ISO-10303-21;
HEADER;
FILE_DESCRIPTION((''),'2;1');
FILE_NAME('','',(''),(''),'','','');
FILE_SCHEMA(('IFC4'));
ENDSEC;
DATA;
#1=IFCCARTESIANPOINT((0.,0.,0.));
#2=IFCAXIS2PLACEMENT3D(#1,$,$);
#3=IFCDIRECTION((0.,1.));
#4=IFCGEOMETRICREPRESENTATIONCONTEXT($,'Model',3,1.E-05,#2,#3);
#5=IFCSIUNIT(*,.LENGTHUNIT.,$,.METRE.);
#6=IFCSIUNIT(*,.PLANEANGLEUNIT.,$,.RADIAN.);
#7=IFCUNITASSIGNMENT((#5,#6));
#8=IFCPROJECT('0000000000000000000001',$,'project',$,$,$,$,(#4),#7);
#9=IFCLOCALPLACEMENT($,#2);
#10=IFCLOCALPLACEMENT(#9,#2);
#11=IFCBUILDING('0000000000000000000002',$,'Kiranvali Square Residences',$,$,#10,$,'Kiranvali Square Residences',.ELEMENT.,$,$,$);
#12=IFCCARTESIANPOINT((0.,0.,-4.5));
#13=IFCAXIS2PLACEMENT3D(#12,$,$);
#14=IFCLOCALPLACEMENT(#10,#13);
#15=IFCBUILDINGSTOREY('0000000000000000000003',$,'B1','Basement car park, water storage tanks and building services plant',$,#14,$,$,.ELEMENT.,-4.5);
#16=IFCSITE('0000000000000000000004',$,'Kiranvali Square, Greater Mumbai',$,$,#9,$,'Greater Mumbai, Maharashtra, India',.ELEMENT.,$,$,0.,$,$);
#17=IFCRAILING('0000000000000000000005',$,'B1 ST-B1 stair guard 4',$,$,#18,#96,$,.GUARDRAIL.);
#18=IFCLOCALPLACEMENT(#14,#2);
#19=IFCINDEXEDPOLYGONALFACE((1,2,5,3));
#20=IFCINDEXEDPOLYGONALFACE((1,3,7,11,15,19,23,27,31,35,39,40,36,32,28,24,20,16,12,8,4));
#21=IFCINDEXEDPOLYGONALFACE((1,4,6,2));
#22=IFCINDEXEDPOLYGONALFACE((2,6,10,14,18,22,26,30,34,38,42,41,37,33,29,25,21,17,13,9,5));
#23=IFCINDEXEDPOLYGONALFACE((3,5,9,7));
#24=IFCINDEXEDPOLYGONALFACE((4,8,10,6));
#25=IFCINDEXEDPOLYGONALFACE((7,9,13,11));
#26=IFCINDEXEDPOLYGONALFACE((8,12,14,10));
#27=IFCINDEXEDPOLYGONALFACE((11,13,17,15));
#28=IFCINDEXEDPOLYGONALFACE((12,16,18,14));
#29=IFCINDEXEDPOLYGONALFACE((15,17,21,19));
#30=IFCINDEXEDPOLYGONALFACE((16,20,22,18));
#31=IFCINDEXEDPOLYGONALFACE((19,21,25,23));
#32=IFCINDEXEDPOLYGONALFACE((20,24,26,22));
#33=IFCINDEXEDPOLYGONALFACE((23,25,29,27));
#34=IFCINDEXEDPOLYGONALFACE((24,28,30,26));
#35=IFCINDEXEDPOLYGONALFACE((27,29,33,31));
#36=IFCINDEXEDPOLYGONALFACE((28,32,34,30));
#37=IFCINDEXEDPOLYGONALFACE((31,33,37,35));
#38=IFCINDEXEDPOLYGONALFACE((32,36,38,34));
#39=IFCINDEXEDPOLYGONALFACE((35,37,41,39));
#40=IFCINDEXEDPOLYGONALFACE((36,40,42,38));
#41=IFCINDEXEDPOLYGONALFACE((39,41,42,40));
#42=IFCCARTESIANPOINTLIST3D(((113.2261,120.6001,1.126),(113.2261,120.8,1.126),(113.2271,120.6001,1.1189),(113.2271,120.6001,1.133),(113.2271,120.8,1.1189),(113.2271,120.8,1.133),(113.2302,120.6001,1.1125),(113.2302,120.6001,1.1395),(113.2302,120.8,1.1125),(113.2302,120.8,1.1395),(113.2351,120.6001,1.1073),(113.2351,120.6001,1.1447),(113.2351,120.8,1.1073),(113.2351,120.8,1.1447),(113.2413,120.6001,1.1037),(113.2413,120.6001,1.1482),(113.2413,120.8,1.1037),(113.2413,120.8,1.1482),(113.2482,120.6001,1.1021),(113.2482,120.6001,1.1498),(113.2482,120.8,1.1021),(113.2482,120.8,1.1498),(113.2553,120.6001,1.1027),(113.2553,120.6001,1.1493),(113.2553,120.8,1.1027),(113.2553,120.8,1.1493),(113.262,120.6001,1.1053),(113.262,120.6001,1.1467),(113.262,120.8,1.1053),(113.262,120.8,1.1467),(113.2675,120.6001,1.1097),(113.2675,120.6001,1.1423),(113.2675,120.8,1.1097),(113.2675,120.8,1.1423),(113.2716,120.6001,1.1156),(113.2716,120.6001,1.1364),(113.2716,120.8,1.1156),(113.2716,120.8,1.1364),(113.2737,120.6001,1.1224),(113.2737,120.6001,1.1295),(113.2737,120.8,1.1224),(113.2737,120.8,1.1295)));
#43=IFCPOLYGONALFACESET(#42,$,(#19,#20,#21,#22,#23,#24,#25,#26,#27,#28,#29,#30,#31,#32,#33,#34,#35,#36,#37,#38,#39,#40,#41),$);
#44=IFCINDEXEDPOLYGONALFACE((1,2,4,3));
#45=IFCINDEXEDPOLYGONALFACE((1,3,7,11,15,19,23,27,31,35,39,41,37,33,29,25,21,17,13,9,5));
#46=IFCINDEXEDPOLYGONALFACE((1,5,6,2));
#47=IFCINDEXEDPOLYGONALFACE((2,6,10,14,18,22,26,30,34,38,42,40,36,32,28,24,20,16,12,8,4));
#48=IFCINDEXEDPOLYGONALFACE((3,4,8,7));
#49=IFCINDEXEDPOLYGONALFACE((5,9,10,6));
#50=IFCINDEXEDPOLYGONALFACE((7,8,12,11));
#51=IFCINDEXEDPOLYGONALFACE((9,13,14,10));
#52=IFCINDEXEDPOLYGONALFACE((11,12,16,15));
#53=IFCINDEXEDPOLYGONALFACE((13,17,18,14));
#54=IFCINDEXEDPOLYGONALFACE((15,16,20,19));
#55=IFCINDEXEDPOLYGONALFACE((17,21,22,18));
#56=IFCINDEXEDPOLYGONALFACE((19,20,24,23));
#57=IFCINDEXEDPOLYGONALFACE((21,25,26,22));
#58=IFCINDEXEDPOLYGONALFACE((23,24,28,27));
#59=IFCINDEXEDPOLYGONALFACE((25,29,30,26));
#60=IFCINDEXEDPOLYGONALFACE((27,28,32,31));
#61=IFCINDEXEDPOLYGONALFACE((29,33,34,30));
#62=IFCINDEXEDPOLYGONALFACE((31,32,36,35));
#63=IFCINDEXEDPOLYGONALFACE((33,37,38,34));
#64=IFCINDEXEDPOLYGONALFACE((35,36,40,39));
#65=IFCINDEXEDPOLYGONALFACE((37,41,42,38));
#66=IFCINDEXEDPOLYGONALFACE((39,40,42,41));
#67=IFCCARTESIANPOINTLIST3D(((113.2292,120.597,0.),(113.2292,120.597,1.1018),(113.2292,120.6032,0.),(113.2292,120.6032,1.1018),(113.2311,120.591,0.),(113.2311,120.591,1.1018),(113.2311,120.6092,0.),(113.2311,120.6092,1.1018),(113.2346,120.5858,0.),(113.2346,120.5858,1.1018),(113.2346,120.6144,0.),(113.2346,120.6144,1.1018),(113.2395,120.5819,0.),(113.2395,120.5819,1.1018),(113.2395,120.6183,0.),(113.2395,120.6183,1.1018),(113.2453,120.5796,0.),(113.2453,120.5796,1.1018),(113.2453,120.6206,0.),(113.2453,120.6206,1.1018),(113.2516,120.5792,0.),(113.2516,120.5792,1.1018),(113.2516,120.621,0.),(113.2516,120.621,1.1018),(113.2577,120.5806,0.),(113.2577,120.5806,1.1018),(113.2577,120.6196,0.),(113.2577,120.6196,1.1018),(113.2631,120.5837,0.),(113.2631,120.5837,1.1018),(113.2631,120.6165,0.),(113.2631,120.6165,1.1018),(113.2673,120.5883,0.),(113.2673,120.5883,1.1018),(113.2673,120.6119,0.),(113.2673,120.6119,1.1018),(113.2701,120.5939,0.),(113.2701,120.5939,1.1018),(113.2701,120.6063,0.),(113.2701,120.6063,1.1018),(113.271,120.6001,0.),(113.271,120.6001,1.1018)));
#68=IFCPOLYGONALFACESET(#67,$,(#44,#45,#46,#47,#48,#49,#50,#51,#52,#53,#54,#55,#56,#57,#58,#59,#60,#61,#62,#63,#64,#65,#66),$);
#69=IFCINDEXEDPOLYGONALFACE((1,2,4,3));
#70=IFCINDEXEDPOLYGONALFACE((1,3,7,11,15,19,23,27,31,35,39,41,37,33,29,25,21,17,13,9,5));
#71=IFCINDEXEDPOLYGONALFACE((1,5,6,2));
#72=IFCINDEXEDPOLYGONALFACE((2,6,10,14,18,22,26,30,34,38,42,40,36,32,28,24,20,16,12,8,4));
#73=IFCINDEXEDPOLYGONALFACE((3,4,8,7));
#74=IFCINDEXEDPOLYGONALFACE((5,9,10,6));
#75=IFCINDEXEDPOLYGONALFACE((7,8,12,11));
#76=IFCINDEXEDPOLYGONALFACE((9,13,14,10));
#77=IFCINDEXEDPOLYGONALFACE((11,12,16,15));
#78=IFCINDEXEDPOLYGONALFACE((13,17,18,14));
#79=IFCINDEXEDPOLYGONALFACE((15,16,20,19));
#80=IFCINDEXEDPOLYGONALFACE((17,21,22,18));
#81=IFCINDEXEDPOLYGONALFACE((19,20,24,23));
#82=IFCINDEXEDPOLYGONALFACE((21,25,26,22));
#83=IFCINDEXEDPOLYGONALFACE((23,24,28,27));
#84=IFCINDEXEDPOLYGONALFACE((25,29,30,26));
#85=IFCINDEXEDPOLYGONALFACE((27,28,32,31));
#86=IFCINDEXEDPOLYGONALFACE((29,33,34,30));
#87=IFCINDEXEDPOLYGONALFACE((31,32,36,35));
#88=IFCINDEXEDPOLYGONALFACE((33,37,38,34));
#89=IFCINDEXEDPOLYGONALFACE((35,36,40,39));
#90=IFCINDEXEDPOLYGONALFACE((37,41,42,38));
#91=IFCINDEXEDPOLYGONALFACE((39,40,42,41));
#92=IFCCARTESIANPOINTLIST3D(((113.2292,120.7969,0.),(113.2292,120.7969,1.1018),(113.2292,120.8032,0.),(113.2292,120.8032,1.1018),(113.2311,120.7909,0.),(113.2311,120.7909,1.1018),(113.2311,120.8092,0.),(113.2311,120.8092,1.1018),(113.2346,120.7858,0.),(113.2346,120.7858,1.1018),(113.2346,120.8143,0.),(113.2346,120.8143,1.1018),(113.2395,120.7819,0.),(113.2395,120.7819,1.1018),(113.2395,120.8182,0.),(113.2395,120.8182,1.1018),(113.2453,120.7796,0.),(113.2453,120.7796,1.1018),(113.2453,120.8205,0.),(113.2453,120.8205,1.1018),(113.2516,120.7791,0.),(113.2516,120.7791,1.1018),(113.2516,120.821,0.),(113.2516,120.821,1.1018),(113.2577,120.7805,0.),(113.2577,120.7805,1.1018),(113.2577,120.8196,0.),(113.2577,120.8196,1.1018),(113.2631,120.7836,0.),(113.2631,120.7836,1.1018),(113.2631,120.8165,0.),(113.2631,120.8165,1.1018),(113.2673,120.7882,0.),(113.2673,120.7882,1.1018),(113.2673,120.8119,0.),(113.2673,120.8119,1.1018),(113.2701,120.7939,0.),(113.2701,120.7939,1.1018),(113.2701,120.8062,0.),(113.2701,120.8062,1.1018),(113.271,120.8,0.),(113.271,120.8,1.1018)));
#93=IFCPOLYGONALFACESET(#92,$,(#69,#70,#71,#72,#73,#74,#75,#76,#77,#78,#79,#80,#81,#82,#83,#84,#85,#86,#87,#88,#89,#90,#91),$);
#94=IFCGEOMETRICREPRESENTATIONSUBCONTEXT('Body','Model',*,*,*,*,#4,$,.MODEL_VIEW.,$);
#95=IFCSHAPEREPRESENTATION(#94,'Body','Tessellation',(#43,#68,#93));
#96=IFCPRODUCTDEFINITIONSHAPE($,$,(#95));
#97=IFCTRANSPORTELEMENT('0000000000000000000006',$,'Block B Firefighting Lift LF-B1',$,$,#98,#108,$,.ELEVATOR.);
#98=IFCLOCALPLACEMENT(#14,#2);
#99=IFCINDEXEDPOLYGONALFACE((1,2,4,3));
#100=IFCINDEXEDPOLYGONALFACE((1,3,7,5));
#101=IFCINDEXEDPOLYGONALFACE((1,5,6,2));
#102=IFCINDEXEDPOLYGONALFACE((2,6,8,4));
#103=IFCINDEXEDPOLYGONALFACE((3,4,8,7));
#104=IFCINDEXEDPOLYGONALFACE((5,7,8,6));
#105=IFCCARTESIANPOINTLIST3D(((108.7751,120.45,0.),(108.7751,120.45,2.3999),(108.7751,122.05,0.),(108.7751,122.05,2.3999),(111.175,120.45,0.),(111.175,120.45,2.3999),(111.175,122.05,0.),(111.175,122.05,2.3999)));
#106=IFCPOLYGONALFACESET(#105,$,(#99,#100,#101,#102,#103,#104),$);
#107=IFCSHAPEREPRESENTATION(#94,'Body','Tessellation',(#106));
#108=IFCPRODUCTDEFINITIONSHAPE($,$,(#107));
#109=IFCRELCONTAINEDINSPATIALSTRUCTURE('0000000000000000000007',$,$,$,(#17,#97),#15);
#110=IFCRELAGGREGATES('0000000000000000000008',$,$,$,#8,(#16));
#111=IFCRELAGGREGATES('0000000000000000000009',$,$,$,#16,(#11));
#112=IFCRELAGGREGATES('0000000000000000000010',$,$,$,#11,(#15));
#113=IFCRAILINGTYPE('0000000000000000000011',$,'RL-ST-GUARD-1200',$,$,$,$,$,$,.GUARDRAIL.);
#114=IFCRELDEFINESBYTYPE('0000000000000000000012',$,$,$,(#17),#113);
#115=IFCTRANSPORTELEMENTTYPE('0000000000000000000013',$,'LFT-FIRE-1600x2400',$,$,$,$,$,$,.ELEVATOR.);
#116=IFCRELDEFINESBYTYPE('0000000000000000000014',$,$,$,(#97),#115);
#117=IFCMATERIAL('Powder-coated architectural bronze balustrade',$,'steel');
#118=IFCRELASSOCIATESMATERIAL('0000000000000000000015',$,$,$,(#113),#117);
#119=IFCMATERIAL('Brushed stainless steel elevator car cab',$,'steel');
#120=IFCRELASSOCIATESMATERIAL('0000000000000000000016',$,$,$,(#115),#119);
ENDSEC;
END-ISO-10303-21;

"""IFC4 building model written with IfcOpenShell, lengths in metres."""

from ifc_helpers import new_model, si_unit, direction, frame, origin, origin_2d, place, context, subcontext, project, spatial, rectangle, circle, extrude, material, type_object, element, save


model = new_model("IFC4")

# Units and contexts
model_context = context("Model", 3, precision=1e-05, world=origin(), true_north=direction((0.0, 1.0)))
body_context = subcontext(model_context, "Body", "Model", "MODEL_VIEW")
ifc_project = project(units=[si_unit("LENGTHUNIT", "METRE"), si_unit("PLANEANGLEUNIT", "RADIAN")], contexts=[model_context])

# Site, building, storey
site_placement = place(None, origin())
site = spatial("IfcSite", under=ifc_project, at=site_placement, Name="Kiranvali Square, Greater Mumbai", LongName="Greater Mumbai, Maharashtra, India", CompositionType="ELEMENT", RefElevation=0.0)
building_placement = place(site_placement, origin())
building = spatial("IfcBuilding", under=site, at=building_placement, Name="Kiranvali Square Residences", LongName="Kiranvali Square Residences", CompositionType="ELEMENT")
storey_placement = place(building_placement, frame((0.0, 0.0, -4.5)))
storey = spatial("IfcBuildingStorey", under=building, at=storey_placement, Name="B1", Description="Basement car park, water storage tanks and building services plant", CompositionType="ELEMENT", Elevation=-4.5)

# Railing
ifc_material_1 = material(Name="Powder-coated architectural bronze balustrade", Category="steel")
railing_type_1 = type_object("IfcRailingType", Name="RL-ST-GUARD-1200", PredefinedType="GUARDRAIL", material=ifc_material_1)
railing_1_placement = place(storey_placement, frame((113.25, 120.6001, 0.0)))
element("IfcRailing", 1, at=railing_1_placement, inside=storey, type_object=railing_type_1, Name="B1 ST-B1 stair guard 4", PredefinedType="GUARDRAIL", context=body_context, shape_type="SweptSolid", body=[
    extrude(circle(Radius=0.0239, at=origin_2d()), frame((0.0, 0.0, 1.126), z_axis=(0.0, 1.0, 0.0), x_axis=(-1.0, 0.0, 0.0)), (0.0, 0.0, 1.0), 0.2),
    extrude(circle(Radius=0.021, at=origin_2d()), origin(), (0.0, 0.0, 1.0), 1.1018),
    extrude(circle(Radius=0.021, at=origin_2d()), frame((0.0, 0.2, 0.0)), (0.0, 0.0, 1.0), 1.1018),
])

# Transport element
ifc_material_2 = material(Name="Brushed stainless steel elevator car cab", Category="steel")
transport_element_type = type_object("IfcTransportElementType", Name="LFT-FIRE-1600x2400", PredefinedType="ELEVATOR", material=ifc_material_2)
transport_element_placement = place(storey_placement, frame((109.9751, 121.25, 0.0), z_axis=(0.0, 0.0, 1.0), x_axis=(1.0, 0.0, 0.0)))
element("IfcTransportElement", 2, at=transport_element_placement, inside=storey, type_object=transport_element_type, Name="Block B Firefighting Lift LF-B1", PredefinedType="ELEVATOR", context=body_context, shape_type="SweptSolid", body=[
    extrude(rectangle(XDim=2.3999, YDim=1.6001, at=origin_2d()), origin(), (0.0, 0.0, 1.0), 2.3999),
])

save(model, "model.ifc")
